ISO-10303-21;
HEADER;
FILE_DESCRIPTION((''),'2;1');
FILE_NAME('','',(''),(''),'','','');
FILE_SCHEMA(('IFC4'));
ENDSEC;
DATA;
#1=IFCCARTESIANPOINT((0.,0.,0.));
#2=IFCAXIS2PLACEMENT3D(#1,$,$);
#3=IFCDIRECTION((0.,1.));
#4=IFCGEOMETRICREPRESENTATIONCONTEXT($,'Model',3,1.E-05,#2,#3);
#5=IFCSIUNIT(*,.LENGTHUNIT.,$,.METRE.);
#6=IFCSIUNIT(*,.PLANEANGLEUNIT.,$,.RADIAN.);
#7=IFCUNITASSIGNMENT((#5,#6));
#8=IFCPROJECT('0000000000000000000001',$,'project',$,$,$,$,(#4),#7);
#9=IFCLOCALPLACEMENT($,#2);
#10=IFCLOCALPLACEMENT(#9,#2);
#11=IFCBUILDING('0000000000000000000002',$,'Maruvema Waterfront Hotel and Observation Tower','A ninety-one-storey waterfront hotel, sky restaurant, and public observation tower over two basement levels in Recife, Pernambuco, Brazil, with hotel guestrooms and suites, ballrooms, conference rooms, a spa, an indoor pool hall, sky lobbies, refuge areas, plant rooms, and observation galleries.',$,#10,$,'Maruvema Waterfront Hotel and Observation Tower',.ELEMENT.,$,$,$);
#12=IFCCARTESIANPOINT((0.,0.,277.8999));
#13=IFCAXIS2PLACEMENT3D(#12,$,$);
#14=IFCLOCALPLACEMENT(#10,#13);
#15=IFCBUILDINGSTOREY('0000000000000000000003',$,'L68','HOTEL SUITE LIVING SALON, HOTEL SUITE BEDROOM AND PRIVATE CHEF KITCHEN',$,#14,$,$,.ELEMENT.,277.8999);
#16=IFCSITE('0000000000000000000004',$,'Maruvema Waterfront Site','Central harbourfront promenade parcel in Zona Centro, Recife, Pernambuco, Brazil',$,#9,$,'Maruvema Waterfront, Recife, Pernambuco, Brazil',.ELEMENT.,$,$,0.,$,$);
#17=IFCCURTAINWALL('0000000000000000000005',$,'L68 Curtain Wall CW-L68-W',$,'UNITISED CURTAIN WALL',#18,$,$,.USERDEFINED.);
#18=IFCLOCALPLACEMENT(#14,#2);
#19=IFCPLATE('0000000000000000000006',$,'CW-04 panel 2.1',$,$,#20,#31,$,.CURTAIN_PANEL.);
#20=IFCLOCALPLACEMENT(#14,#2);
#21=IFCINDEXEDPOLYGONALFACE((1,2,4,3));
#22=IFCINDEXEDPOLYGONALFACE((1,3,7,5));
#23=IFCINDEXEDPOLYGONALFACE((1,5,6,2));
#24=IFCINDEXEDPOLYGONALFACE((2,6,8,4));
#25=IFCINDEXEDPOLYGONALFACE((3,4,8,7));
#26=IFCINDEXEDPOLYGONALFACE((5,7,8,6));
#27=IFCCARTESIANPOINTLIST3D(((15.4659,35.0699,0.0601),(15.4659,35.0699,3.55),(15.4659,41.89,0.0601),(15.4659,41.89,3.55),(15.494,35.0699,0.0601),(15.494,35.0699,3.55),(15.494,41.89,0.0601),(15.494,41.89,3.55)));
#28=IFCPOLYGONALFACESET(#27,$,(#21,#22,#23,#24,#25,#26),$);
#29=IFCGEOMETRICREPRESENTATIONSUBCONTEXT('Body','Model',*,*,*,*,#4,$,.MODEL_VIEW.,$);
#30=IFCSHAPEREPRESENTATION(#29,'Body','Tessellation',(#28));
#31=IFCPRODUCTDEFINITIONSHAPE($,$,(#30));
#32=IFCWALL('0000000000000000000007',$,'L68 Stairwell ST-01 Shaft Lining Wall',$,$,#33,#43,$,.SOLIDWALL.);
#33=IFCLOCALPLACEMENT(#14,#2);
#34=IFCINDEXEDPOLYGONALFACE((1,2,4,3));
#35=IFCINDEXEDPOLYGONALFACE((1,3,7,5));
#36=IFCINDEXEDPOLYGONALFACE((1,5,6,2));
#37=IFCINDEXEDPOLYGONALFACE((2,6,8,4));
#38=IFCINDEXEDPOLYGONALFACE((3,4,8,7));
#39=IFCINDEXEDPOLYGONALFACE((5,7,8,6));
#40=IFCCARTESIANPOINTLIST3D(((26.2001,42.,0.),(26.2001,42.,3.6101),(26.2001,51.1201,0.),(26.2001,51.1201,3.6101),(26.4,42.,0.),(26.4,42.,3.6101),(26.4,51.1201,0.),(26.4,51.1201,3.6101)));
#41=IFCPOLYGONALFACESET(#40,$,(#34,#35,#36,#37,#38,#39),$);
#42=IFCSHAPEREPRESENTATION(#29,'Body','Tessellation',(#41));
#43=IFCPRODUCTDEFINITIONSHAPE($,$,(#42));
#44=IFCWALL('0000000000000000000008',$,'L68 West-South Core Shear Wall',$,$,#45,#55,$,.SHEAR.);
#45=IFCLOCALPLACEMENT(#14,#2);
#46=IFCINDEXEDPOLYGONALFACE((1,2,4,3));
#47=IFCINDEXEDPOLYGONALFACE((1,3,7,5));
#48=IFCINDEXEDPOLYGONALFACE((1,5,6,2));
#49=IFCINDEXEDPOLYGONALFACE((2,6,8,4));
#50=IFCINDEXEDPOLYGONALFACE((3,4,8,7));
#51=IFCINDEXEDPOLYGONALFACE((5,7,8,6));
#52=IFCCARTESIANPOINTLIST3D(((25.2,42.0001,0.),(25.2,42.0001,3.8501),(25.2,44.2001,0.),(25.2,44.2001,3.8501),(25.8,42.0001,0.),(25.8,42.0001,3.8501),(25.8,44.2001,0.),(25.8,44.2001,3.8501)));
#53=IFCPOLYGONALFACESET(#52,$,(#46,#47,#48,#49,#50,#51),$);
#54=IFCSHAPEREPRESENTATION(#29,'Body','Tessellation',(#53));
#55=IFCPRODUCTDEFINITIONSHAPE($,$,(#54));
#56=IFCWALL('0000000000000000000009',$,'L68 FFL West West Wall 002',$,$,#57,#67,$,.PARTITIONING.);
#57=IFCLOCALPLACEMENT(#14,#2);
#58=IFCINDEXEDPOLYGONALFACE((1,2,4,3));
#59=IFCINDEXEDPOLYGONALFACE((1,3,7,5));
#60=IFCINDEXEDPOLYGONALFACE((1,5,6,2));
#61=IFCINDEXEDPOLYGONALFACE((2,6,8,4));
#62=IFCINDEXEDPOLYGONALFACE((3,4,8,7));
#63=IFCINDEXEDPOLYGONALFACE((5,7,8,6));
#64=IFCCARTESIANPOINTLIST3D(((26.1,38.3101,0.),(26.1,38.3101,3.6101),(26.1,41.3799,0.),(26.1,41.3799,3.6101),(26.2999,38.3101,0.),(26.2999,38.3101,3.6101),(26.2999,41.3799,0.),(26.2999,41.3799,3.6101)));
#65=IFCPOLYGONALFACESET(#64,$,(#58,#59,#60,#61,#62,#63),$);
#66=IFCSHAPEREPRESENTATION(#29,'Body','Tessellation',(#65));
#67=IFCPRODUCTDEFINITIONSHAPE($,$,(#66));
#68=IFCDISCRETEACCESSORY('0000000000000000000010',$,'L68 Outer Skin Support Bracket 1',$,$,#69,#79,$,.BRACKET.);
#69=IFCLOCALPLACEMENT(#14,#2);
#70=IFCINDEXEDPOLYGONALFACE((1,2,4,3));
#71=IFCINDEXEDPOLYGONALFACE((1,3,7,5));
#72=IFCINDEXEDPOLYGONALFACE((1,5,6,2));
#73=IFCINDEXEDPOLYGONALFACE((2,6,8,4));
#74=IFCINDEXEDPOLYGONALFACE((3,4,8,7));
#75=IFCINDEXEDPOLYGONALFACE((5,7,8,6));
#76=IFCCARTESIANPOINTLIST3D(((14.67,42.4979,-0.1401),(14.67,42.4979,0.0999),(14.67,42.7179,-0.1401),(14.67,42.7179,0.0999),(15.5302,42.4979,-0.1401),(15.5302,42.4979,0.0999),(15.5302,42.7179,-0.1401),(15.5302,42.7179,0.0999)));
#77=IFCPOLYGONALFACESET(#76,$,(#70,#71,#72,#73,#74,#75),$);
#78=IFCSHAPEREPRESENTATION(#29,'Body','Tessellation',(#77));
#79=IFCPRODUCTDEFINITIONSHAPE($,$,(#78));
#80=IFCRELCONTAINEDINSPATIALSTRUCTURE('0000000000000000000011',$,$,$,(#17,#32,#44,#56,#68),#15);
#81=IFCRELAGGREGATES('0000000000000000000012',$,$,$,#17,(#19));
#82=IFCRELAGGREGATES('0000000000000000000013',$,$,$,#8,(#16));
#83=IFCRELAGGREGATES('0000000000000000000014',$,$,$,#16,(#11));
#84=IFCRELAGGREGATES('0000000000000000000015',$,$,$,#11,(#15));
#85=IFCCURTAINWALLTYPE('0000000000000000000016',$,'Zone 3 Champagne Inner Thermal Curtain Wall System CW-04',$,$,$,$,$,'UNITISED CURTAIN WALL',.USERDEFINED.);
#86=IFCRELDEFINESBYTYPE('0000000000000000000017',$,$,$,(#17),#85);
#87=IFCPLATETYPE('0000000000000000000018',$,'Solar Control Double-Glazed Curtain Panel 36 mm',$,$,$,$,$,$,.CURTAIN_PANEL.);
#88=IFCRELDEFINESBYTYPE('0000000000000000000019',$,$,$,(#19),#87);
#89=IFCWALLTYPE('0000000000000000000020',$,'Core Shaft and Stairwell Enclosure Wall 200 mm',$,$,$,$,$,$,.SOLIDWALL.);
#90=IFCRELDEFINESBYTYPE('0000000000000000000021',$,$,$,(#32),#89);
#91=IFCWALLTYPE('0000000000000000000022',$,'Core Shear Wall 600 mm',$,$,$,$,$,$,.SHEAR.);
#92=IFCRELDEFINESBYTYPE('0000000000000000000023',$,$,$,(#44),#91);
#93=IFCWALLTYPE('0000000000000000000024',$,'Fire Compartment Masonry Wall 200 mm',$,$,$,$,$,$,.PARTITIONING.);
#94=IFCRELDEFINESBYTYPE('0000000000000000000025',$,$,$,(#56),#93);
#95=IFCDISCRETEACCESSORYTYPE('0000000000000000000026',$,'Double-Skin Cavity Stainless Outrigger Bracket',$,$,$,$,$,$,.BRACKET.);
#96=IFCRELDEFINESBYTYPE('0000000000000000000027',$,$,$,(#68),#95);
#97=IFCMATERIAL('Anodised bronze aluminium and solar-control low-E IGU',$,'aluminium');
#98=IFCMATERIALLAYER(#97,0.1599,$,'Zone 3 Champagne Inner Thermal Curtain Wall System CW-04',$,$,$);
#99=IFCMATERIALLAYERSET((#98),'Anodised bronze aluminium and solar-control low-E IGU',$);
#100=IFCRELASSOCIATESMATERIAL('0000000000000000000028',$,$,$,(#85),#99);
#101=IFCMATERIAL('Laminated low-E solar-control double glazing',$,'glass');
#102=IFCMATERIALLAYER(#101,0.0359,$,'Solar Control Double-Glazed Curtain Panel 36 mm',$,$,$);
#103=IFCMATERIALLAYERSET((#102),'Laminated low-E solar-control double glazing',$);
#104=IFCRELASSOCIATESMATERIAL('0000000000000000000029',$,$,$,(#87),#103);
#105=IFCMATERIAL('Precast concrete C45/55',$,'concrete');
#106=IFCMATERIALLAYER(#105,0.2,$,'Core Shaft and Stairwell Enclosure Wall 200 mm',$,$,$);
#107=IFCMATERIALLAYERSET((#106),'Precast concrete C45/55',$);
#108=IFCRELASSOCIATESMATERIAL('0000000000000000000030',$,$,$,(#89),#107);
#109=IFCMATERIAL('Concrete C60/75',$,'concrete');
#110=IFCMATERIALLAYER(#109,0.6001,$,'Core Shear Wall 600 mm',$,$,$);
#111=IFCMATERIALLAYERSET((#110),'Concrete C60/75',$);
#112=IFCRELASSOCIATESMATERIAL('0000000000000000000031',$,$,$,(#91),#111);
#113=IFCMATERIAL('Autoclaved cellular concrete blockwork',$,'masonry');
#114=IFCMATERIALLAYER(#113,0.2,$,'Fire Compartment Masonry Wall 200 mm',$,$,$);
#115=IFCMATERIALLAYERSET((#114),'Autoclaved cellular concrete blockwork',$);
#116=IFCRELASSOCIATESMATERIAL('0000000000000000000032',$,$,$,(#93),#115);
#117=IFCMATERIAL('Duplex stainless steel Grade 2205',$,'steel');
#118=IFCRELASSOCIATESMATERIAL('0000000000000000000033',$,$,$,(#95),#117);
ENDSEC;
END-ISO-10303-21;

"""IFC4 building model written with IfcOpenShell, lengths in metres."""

from ifc_helpers import new_model, si_unit, direction, frame, frame_2d, origin, origin_2d, place, context, subcontext, project, spatial, rectangle, extrude, material, layer, layer_set, type_object, element, aggregate, save


model = new_model("IFC4")

# Units and contexts
model_context = context("Model", 3, precision=1e-05, world=origin(), true_north=direction((0.0, 1.0)))
body_context = subcontext(model_context, "Body", "Model", "MODEL_VIEW")
ifc_project = project(units=[si_unit("LENGTHUNIT", "METRE"), si_unit("PLANEANGLEUNIT", "RADIAN")], contexts=[model_context])

# Site, building, storey
site_placement = place(None, origin())
site = spatial("IfcSite", under=ifc_project, at=site_placement, Name="Maruvema Waterfront Site", Description="Central harbourfront promenade parcel in Zona Centro, Recife, Pernambuco, Brazil", LongName="Maruvema Waterfront, Recife, Pernambuco, Brazil", CompositionType="ELEMENT", RefElevation=0.0)
building_placement = place(site_placement, origin())
building = spatial("IfcBuilding", under=site, at=building_placement, Name="Maruvema Waterfront Hotel and Observation Tower", Description="A ninety-one-storey waterfront hotel, sky restaurant, and public observation tower over two basement levels in Recife, Pernambuco, Brazil, with hotel guestrooms and suites, ballrooms, conference rooms, a spa, an indoor pool hall, sky lobbies, refuge areas, plant rooms, and observation galleries.", LongName="Maruvema Waterfront Hotel and Observation Tower", CompositionType="ELEMENT")
storey_placement = place(building_placement, frame((0.0, 0.0, 277.8999)))
storey = spatial("IfcBuildingStorey", under=building, at=storey_placement, Name="L68", Description="HOTEL SUITE LIVING SALON, HOTEL SUITE BEDROOM AND PRIVATE CHEF KITCHEN", CompositionType="ELEMENT", Elevation=277.8999)

# Curtain wall
ifc_material_1 = material(Name="Anodised bronze aluminium and solar-control low-E IGU", Category="aluminium")
ifc_layer_1 = layer(ifc_material_1, 0.1599, Name="Zone 3 Champagne Inner Thermal Curtain Wall System CW-04")
ifc_layer_set_1 = layer_set([ifc_layer_1], Name="Anodised bronze aluminium and solar-control low-E IGU")
curtain_wall_type = type_object("IfcCurtainWallType", Name="Zone 3 Champagne Inner Thermal Curtain Wall System CW-04", ElementType="UNITISED CURTAIN WALL", PredefinedType="USERDEFINED", material=ifc_layer_set_1)
curtain_wall_placement = place(storey_placement, origin())
curtain_wall = element("IfcCurtainWall", 1, at=curtain_wall_placement, inside=storey, type_object=curtain_wall_type, Name="L68 Curtain Wall CW-L68-W", ObjectType="UNITISED CURTAIN WALL", PredefinedType="USERDEFINED")

# Plate
ifc_material_2 = material(Name="Laminated low-E solar-control double glazing", Category="glass")
ifc_layer_2 = layer(ifc_material_2, 0.0359, Name="Solar Control Double-Glazed Curtain Panel 36 mm")
ifc_layer_set_2 = layer_set([ifc_layer_2], Name="Laminated low-E solar-control double glazing")
plate_type = type_object("IfcPlateType", Name="Solar Control Double-Glazed Curtain Panel 36 mm", PredefinedType="CURTAIN_PANEL", material=ifc_layer_set_2)
plate_placement = place(storey_placement, frame((15.48, 38.48, 0.0601), z_axis=(0.0, 0.0, 1.0), x_axis=(0.0, -1.0, 0.0)))
plate = element("IfcPlate", 2, at=plate_placement, type_object=plate_type, Name="CW-04 panel 2.1", PredefinedType="CURTAIN_PANEL", context=body_context, shape_type="SweptSolid", body=[
    extrude(rectangle(XDim=6.8201, YDim=0.0281, at=origin_2d()), origin(), (0.0, 0.0, 1.0), 3.49),
])
aggregate(curtain_wall, [plate])

# Wall
ifc_material_3 = material(Name="Precast concrete C45/55", Category="concrete")
ifc_layer_3 = layer(ifc_material_3, 0.2, Name="Core Shaft and Stairwell Enclosure Wall 200 mm")
ifc_layer_set_3 = layer_set([ifc_layer_3], Name="Precast concrete C45/55")
wall_type_1 = type_object("IfcWallType", Name="Core Shaft and Stairwell Enclosure Wall 200 mm", PredefinedType="SOLIDWALL", material=ifc_layer_set_3)
wall_1_placement = place(storey_placement, frame((26.3, 42.0, 0.0), z_axis=(0.0, 0.0, 1.0), x_axis=(0.0, 1.0, 0.0)))
element("IfcWall", 3, at=wall_1_placement, inside=storey, type_object=wall_type_1, Name="L68 Stairwell ST-01 Shaft Lining Wall", PredefinedType="SOLIDWALL", context=body_context, shape_type="SweptSolid", body=[
    extrude(rectangle(XDim=9.1201, YDim=0.2, at=frame_2d((4.5601, 0.0))), origin(), (0.0, 0.0, 1.0), 3.6101),
])

# Shared definitions
ifc_material_4 = material(Name="Concrete C60/75", Category="concrete")
ifc_layer_4 = layer(ifc_material_4, 0.6001, Name="Core Shear Wall 600 mm")
ifc_layer_set_4 = layer_set([ifc_layer_4], Name="Concrete C60/75")
wall_type_2 = type_object("IfcWallType", Name="Core Shear Wall 600 mm", PredefinedType="SHEAR", material=ifc_layer_set_4)

# Wall
wall_2_placement = place(storey_placement, frame((25.5, 42.0, 0.0), z_axis=(0.0, 0.0, 1.0), x_axis=(0.0, 1.0, 0.0)))
element("IfcWall", 4, at=wall_2_placement, inside=storey, type_object=wall_type_2, Name="L68 West-South Core Shear Wall", PredefinedType="SHEAR", context=body_context, shape_type="SweptSolid", body=[
    extrude(rectangle(XDim=2.2, YDim=0.6001, at=frame_2d((1.1001, 0.0))), origin(), (0.0, 0.0, 1.0), 3.8501),
])

# Shared definitions
ifc_material_5 = material(Name="Autoclaved cellular concrete blockwork", Category="masonry")
ifc_layer_5 = layer(ifc_material_5, 0.2, Name="Fire Compartment Masonry Wall 200 mm")
ifc_layer_set_5 = layer_set([ifc_layer_5], Name="Autoclaved cellular concrete blockwork")
wall_type_3 = type_object("IfcWallType", Name="Fire Compartment Masonry Wall 200 mm", PredefinedType="PARTITIONING", material=ifc_layer_set_5)

# Wall
wall_3_placement = place(storey_placement, frame((26.2, 38.3101, 0.0), z_axis=(0.0, 0.0, 1.0), x_axis=(0.0, 1.0, 0.0)))
element("IfcWall", 5, at=wall_3_placement, inside=storey, type_object=wall_type_3, Name="L68 FFL West West Wall 002", PredefinedType="PARTITIONING", context=body_context, shape_type="SweptSolid", body=[
    extrude(rectangle(XDim=3.0698, YDim=0.2, at=frame_2d((1.5349, 0.0))), origin(), (0.0, 0.0, 1.0), 3.6101),
])

# Discrete accessory
ifc_material_6 = material(Name="Duplex stainless steel Grade 2205", Category="steel")
discrete_accessory_type = type_object("IfcDiscreteAccessoryType", Name="Double-Skin Cavity Stainless Outrigger Bracket", PredefinedType="BRACKET", material=ifc_material_6)
discrete_accessory_placement = place(storey_placement, frame((15.1001, 42.6079, -0.1401), z_axis=(0.0, 0.0, 1.0), x_axis=(0.0, -1.0, 0.0)))
element("IfcDiscreteAccessory", 6, at=discrete_accessory_placement, inside=storey, type_object=discrete_accessory_type, Name="L68 Outer Skin Support Bracket 1", PredefinedType="BRACKET", context=body_context, shape_type="SweptSolid", body=[
    extrude(rectangle(XDim=0.22, YDim=0.8601, at=origin_2d()), origin(), (0.0, 0.0, 1.0), 0.24),
])

save(model, "model.ifc")
